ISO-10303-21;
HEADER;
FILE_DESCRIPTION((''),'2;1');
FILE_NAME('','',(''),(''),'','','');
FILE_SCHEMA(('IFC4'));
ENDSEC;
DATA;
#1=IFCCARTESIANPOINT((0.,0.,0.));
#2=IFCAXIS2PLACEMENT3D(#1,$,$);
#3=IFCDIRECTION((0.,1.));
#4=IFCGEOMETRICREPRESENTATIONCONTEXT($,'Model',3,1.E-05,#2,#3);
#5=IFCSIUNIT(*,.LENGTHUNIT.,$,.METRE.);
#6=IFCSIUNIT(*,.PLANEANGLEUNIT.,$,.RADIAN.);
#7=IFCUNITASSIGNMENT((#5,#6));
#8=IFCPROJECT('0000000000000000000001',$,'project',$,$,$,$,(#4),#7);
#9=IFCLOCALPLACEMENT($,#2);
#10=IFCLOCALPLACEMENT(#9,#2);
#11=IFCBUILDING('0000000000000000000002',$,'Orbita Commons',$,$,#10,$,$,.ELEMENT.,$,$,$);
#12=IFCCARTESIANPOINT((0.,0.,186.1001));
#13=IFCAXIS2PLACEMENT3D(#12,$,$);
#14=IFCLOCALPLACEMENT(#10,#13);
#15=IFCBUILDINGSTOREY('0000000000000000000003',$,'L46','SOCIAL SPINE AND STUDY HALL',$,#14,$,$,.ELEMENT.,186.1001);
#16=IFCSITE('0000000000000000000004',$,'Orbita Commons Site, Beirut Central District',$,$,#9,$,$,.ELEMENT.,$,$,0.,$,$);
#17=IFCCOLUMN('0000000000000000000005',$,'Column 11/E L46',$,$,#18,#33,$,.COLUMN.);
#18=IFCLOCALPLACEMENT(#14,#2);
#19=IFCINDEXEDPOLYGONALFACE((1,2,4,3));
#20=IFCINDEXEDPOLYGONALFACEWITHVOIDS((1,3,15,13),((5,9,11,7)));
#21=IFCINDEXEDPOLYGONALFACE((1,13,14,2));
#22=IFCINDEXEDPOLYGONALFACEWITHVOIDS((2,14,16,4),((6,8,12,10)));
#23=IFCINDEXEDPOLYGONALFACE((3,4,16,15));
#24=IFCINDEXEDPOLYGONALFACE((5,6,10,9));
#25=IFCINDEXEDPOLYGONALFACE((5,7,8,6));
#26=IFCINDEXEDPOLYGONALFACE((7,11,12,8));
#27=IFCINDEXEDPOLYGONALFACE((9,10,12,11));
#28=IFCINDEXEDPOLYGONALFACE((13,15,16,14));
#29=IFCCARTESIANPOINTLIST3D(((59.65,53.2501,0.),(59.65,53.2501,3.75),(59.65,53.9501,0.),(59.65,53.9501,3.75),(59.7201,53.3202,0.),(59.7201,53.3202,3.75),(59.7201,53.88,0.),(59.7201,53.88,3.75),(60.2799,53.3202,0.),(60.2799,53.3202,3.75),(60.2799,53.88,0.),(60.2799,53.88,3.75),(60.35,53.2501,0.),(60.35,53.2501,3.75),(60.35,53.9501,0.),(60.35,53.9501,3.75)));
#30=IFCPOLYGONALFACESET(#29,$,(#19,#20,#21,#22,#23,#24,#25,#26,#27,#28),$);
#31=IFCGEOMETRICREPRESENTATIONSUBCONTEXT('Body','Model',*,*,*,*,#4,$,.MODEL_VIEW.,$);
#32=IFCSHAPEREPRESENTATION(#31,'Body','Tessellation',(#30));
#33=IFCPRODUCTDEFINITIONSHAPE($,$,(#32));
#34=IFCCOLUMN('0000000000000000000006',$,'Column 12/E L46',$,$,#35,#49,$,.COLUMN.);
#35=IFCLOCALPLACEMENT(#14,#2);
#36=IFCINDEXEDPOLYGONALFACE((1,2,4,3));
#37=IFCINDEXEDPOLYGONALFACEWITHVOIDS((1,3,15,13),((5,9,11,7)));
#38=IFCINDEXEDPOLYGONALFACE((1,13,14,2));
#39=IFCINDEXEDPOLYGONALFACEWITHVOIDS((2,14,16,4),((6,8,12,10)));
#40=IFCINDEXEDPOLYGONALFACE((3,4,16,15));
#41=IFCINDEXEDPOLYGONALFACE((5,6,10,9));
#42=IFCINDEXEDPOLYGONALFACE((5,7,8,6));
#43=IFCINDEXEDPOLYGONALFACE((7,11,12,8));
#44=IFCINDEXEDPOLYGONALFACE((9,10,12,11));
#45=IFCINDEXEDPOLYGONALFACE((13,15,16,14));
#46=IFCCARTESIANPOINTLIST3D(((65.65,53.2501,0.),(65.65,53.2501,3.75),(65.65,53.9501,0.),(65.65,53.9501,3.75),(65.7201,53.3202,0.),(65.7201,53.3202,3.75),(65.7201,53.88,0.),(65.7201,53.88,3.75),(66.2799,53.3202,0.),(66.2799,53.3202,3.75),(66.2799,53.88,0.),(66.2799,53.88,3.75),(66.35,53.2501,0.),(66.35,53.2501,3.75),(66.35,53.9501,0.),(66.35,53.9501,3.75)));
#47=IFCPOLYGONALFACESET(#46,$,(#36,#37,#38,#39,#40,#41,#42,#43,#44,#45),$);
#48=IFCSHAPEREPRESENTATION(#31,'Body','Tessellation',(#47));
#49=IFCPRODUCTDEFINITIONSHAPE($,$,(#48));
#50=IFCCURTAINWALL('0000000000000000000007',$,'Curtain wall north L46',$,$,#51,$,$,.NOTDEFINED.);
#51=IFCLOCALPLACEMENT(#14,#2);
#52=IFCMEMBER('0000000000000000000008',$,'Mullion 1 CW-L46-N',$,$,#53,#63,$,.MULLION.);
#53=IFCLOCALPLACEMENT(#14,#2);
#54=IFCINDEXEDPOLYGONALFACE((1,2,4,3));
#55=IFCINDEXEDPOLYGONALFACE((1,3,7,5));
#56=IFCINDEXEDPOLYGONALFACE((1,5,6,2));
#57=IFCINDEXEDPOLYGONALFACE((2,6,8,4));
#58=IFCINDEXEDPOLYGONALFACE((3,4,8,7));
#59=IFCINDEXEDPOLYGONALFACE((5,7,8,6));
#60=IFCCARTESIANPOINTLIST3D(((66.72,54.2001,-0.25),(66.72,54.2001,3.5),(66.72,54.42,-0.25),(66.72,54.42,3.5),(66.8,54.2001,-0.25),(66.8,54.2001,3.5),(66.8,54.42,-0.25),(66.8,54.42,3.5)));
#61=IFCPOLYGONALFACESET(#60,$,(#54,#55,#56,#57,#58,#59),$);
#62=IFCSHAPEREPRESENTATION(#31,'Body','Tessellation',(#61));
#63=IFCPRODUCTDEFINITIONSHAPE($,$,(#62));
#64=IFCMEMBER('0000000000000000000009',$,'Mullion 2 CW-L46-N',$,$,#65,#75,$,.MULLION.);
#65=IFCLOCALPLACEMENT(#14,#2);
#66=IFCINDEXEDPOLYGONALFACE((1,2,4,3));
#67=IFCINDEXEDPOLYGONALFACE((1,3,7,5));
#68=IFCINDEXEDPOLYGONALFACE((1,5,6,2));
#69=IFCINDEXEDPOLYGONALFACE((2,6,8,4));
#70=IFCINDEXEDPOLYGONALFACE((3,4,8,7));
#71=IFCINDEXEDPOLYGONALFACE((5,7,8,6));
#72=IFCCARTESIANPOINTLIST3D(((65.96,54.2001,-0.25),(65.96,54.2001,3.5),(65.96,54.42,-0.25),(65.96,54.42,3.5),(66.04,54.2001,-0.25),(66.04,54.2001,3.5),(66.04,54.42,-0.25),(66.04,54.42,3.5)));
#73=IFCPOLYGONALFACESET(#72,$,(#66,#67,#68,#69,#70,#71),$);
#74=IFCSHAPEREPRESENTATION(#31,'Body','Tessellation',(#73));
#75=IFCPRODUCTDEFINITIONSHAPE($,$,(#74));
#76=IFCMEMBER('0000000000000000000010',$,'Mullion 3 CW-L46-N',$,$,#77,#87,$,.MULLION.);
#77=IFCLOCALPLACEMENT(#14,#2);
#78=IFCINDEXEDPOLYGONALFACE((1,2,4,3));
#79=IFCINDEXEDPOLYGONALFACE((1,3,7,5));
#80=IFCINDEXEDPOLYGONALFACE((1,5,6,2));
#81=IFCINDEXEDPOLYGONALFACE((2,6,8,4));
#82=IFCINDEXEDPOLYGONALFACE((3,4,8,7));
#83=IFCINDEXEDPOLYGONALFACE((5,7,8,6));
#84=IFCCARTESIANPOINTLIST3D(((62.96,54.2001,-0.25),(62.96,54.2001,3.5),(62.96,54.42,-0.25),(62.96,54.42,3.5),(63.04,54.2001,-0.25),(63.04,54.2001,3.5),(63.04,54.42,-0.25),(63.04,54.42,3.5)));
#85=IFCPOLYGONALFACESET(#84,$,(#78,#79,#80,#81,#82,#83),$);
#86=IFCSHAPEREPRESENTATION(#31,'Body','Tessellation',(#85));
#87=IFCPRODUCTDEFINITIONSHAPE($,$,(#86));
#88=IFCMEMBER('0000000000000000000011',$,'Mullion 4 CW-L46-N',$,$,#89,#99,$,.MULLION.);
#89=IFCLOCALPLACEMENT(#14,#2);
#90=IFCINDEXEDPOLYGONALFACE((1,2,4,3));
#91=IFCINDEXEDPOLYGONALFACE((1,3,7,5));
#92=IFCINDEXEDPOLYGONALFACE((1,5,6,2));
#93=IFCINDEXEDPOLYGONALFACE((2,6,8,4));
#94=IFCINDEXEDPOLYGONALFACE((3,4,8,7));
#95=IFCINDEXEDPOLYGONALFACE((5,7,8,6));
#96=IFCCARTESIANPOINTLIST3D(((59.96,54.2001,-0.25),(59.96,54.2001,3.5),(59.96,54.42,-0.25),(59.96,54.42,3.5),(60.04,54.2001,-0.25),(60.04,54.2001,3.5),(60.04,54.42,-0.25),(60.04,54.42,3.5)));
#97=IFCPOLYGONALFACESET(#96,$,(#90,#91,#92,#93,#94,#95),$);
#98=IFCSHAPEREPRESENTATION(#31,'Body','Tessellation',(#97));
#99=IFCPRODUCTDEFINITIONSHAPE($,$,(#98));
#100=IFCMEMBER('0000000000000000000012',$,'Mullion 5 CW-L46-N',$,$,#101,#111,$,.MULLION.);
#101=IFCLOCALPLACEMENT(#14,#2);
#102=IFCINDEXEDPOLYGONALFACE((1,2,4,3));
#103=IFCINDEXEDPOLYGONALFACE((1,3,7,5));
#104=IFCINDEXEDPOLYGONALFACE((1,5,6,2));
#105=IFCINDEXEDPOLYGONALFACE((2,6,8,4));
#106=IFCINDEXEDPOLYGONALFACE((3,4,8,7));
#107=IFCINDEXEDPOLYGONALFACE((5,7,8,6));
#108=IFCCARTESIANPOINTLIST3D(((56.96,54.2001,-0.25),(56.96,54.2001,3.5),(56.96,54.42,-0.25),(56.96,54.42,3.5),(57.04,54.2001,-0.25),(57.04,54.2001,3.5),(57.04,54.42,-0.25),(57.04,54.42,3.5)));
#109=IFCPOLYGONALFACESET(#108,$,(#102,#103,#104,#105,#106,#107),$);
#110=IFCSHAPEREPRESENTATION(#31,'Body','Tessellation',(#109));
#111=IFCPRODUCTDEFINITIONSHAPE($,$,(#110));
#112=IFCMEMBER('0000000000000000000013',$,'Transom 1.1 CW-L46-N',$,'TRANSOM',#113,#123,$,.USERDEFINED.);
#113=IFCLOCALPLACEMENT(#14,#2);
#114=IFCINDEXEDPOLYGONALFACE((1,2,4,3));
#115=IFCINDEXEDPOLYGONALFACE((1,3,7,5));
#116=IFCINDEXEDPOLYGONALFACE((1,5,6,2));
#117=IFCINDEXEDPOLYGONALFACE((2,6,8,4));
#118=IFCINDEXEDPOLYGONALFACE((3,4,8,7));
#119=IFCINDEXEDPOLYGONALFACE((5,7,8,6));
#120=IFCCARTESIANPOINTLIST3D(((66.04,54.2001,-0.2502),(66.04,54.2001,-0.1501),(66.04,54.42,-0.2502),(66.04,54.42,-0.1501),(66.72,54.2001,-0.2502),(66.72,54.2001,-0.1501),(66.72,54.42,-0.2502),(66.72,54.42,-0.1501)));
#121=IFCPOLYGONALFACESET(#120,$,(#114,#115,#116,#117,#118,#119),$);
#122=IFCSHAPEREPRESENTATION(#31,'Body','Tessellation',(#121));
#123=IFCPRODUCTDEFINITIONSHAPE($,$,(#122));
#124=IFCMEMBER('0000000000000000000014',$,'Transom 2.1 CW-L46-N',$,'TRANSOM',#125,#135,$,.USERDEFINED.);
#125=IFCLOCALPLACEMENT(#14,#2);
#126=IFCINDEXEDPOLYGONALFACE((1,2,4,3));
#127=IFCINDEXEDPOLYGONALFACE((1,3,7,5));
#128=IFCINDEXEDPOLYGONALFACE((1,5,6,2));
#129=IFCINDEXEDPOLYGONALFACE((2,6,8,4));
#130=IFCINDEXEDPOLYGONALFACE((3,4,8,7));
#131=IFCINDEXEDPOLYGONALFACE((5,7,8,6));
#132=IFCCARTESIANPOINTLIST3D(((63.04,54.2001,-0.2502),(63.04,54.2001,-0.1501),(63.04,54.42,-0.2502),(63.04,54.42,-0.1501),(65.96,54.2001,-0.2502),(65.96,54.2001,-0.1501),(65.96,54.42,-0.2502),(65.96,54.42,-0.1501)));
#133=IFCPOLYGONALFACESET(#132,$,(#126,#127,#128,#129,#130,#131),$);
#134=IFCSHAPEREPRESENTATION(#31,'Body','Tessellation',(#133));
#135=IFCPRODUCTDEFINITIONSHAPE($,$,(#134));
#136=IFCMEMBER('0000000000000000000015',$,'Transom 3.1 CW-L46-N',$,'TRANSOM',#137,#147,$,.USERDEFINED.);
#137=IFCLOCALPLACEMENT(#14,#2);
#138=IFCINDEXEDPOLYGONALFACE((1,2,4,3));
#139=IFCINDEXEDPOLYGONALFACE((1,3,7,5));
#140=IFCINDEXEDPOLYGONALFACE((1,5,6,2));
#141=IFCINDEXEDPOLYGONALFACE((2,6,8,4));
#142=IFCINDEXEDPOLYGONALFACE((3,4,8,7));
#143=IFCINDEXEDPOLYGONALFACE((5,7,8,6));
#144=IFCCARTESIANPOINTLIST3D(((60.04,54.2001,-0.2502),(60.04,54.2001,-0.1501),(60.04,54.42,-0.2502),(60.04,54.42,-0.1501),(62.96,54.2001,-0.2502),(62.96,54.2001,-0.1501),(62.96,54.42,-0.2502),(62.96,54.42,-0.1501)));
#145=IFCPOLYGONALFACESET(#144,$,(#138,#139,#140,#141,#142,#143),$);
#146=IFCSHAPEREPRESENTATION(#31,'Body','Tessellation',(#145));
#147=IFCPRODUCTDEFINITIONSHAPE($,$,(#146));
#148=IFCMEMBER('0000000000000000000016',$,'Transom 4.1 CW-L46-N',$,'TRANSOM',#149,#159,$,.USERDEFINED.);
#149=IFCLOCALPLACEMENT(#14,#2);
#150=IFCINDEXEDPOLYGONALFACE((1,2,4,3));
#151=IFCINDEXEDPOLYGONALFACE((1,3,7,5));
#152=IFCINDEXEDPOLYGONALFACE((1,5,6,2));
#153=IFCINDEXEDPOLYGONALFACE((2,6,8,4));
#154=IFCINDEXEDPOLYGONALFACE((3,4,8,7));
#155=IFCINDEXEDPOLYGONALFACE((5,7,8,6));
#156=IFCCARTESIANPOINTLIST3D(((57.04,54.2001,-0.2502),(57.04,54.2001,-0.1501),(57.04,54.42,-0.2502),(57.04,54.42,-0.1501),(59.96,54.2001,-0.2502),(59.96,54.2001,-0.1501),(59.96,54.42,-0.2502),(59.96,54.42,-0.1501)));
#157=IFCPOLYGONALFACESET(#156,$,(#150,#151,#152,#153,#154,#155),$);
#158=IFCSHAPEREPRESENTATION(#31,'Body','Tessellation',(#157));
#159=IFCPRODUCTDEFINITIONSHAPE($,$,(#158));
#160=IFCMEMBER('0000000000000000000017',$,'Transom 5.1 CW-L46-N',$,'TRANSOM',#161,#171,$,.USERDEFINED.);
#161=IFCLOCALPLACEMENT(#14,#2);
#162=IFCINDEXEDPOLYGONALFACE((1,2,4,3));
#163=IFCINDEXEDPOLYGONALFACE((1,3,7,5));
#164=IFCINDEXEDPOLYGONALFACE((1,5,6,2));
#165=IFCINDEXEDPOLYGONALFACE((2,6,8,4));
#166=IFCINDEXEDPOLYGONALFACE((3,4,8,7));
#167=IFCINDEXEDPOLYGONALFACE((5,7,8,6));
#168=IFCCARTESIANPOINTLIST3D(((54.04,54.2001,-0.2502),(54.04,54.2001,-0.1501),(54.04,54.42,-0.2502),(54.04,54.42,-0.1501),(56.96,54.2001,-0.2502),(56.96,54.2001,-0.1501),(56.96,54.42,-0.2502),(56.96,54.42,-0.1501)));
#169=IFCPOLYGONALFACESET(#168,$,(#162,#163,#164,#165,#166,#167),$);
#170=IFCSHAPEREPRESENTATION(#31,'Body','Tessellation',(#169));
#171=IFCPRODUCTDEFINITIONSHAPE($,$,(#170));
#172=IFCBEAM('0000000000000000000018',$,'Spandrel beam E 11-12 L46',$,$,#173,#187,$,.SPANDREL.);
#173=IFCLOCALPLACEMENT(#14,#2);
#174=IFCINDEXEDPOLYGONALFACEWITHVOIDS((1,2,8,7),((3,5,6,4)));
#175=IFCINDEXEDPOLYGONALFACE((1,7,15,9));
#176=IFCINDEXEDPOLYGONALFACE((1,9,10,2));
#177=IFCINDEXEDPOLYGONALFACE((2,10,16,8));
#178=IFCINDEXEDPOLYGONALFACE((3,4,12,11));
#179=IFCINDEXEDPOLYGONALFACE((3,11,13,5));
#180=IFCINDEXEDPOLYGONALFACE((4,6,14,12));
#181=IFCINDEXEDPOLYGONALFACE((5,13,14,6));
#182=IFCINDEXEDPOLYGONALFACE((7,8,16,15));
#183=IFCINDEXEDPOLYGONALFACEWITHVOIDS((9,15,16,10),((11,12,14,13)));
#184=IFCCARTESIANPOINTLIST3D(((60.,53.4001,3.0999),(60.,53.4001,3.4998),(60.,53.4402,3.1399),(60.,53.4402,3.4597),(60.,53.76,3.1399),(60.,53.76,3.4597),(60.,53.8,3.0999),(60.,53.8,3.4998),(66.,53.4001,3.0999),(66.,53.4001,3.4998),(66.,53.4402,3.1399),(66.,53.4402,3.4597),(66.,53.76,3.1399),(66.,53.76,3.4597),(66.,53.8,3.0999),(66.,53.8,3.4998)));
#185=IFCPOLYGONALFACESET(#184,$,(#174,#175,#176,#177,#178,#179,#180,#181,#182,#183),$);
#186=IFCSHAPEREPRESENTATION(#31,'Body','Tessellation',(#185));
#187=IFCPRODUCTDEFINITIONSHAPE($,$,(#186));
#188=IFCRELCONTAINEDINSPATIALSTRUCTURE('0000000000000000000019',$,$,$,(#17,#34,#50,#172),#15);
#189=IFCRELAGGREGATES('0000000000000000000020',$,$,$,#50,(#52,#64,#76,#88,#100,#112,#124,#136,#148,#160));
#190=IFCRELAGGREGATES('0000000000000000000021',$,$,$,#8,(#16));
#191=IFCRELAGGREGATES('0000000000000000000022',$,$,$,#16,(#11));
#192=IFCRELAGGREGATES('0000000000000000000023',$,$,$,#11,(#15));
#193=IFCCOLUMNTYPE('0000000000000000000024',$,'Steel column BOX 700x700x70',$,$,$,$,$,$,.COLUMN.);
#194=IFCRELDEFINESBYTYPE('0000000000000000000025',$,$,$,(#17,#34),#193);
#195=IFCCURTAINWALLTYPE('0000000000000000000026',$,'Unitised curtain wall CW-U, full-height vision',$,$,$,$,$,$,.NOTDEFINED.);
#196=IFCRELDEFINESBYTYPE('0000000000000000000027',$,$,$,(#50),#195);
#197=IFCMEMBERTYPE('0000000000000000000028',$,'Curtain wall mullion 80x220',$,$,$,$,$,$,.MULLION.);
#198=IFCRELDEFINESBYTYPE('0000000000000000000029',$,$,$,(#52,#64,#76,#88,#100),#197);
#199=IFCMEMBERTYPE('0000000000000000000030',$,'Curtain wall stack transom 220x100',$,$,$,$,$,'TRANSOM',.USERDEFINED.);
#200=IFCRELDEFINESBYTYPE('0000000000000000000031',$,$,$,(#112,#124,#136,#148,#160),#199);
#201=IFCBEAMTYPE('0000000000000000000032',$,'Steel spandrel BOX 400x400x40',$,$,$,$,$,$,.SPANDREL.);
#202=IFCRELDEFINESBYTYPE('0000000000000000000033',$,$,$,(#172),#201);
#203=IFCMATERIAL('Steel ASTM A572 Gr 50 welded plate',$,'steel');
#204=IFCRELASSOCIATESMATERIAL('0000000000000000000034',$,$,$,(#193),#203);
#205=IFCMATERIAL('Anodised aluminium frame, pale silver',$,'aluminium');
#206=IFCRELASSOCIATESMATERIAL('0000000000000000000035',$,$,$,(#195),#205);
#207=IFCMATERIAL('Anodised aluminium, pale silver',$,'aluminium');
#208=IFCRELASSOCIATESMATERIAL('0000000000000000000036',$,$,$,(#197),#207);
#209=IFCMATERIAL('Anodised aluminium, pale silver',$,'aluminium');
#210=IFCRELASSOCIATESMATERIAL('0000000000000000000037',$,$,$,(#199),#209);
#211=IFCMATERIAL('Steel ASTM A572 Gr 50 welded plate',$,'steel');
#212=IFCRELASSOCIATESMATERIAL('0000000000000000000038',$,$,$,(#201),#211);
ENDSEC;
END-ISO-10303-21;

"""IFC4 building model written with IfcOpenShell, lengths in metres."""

from ifc_helpers import new_model, si_unit, direction, frame, origin, origin_2d, place, context, subcontext, project, spatial, rectangle, hollow_rectangle, extrude, material, material_profile, profile_set, type_object, element, aggregate, save


model = new_model("IFC4")

# Units and contexts
model_context = context("Model", 3, precision=1e-05, world=origin(), true_north=direction((0.0, 1.0)))
body_context = subcontext(model_context, "Body", "Model", "MODEL_VIEW")
ifc_project = project(units=[si_unit("LENGTHUNIT", "METRE"), si_unit("PLANEANGLEUNIT", "RADIAN")], contexts=[model_context])

# Site, building, storey
site_placement = place(None, origin())
site = spatial("IfcSite", under=ifc_project, at=site_placement, Name="Orbita Commons Site, Beirut Central District", CompositionType="ELEMENT", RefElevation=0.0)
building_placement = place(site_placement, origin())
building = spatial("IfcBuilding", under=site, at=building_placement, Name="Orbita Commons", CompositionType="ELEMENT")
storey_placement = place(building_placement, frame((0.0, 0.0, 186.1001)))
storey = spatial("IfcBuildingStorey", under=building, at=storey_placement, Name="L46", Description="SOCIAL SPINE AND STUDY HALL", CompositionType="ELEMENT", Elevation=186.1001)

# Columns
ifc_material_1 = material(Name="Steel ASTM A572 Gr 50 welded plate", Category="steel")
ifc_material_profile_1 = material_profile(ifc_material_1, hollow_rectangle(XDim=0.7, YDim=0.7, WallThickness=0.0701, at=origin_2d()), Name="BOX 700x700x70")
ifc_profile_set_1 = profile_set([ifc_material_profile_1], Name="Steel ASTM A572 Gr 50 welded plate")
column_type = type_object("IfcColumnType", Name="Steel column BOX 700x700x70", PredefinedType="COLUMN", material=ifc_profile_set_1)
for number, where, z_axis, x_axis, name in (
    (1, (60.0, 53.6001, 0.0), (0.0, 0.0, 1.0), (1.0, 0.0, 0.0), "Column 11/E L46"),
    (2, (66.0, 53.6001, 0.0), (0.0, 0.0, 1.0), (1.0, 0.0, 0.0), "Column 12/E L46"),
):
    element("IfcColumn", number, at=place(storey_placement, frame(where, z_axis=z_axis, x_axis=x_axis)), inside=storey, type_object=column_type, Name=name, PredefinedType="COLUMN", context=body_context, shape_type="SweptSolid", body=[
        extrude(hollow_rectangle(XDim=0.7, YDim=0.7, WallThickness=0.0701, at=origin_2d()), origin(), (0.0, 0.0, 1.0), 3.75),
    ])

# Curtain wall, members
ifc_material_2 = material(Name="Anodised aluminium frame, pale silver", Category="aluminium")
curtain_wall_type = type_object("IfcCurtainWallType", Name="Unitised curtain wall CW-U, full-height vision", PredefinedType="NOTDEFINED", material=ifc_material_2)
curtain_wall_placement = place(storey_placement, origin())
curtain_wall = element("IfcCurtainWall", 3, at=curtain_wall_placement, inside=storey, type_object=curtain_wall_type, Name="Curtain wall north L46", PredefinedType="NOTDEFINED")
ifc_material_3 = material(Name="Anodised aluminium, pale silver", Category="aluminium")
ifc_material_profile_2 = material_profile(ifc_material_3, rectangle(XDim=0.0801, YDim=0.22, at=origin_2d()), Name="AL 80x220")
ifc_profile_set_2 = profile_set([ifc_material_profile_2], Name="Anodised aluminium, pale silver")
member_type_1 = type_object("IfcMemberType", Name="Curtain wall mullion 80x220", PredefinedType="MULLION", material=ifc_profile_set_2)
member_1_placement = place(storey_placement, frame((66.76, 54.3101, -0.25), z_axis=(0.0, 0.0, 1.0), x_axis=(-1.0, 0.0, 0.0)))
member_1 = element("IfcMember", 4, at=member_1_placement, type_object=member_type_1, Name="Mullion 1 CW-L46-N", PredefinedType="MULLION", context=body_context, shape_type="SweptSolid", body=[
    extrude(rectangle(XDim=0.0801, YDim=0.22, at=origin_2d()), origin(), (0.0, 0.0, 1.0), 3.75),
])
member_2_placement = place(storey_placement, frame((66.0, 54.3101, -0.25), z_axis=(0.0, 0.0, 1.0), x_axis=(-1.0, 0.0, 0.0)))
member_2 = element("IfcMember", 5, at=member_2_placement, type_object=member_type_1, Name="Mullion 2 CW-L46-N", PredefinedType="MULLION", context=body_context, shape_type="SweptSolid", body=[
    extrude(rectangle(XDim=0.0801, YDim=0.22, at=origin_2d()), origin(), (0.0, 0.0, 1.0), 3.75),
])
member_3_placement = place(storey_placement, frame((63.0, 54.3101, -0.25), z_axis=(0.0, 0.0, 1.0), x_axis=(-1.0, 0.0, 0.0)))
member_3 = element("IfcMember", 6, at=member_3_placement, type_object=member_type_1, Name="Mullion 3 CW-L46-N", PredefinedType="MULLION", context=body_context, shape_type="SweptSolid", body=[
    extrude(rectangle(XDim=0.0801, YDim=0.22, at=origin_2d()), origin(), (0.0, 0.0, 1.0), 3.75),
])
member_4_placement = place(storey_placement, frame((60.0, 54.3101, -0.25), z_axis=(0.0, 0.0, 1.0), x_axis=(-1.0, 0.0, 0.0)))
member_4 = element("IfcMember", 7, at=member_4_placement, type_object=member_type_1, Name="Mullion 4 CW-L46-N", PredefinedType="MULLION", context=body_context, shape_type="SweptSolid", body=[
    extrude(rectangle(XDim=0.0801, YDim=0.22, at=origin_2d()), origin(), (0.0, 0.0, 1.0), 3.75),
])
member_5_placement = place(storey_placement, frame((57.0, 54.3101, -0.25), z_axis=(0.0, 0.0, 1.0), x_axis=(-1.0, 0.0, 0.0)))
member_5 = element("IfcMember", 8, at=member_5_placement, type_object=member_type_1, Name="Mullion 5 CW-L46-N", PredefinedType="MULLION", context=body_context, shape_type="SweptSolid", body=[
    extrude(rectangle(XDim=0.0801, YDim=0.22, at=origin_2d()), origin(), (0.0, 0.0, 1.0), 3.75),
])
ifc_material_4 = material(Name="Anodised aluminium, pale silver", Category="aluminium")
ifc_material_profile_3 = material_profile(ifc_material_4, rectangle(XDim=0.22, YDim=0.1001, at=origin_2d()), Name="AL 220x100")
ifc_profile_set_3 = profile_set([ifc_material_profile_3], Name="Anodised aluminium, pale silver")
member_type_2 = type_object("IfcMemberType", Name="Curtain wall stack transom 220x100", ElementType="TRANSOM", PredefinedType="USERDEFINED", material=ifc_profile_set_3)
member_6_placement = place(storey_placement, frame((66.72, 54.3101, -0.2002), z_axis=(-1.0, 0.0, 0.0), x_axis=(0.0, -1.0, 0.0)))
member_6 = element("IfcMember", 9, at=member_6_placement, type_object=member_type_2, Name="Transom 1.1 CW-L46-N", ObjectType="TRANSOM", PredefinedType="USERDEFINED", context=body_context, shape_type="SweptSolid", body=[
    extrude(rectangle(XDim=0.22, YDim=0.1001, at=origin_2d()), origin(), (0.0, 0.0, 1.0), 0.6799),
])
member_7_placement = place(storey_placement, frame((65.96, 54.3101, -0.2002), z_axis=(-1.0, 0.0, 0.0), x_axis=(0.0, -1.0, 0.0)))
member_7 = element("IfcMember", 10, at=member_7_placement, type_object=member_type_2, Name="Transom 2.1 CW-L46-N", ObjectType="TRANSOM", PredefinedType="USERDEFINED", context=body_context, shape_type="SweptSolid", body=[
    extrude(rectangle(XDim=0.22, YDim=0.1001, at=origin_2d()), origin(), (0.0, 0.0, 1.0), 2.9199),
])
member_8_placement = place(storey_placement, frame((62.96, 54.3101, -0.2002), z_axis=(-1.0, 0.0, 0.0), x_axis=(0.0, -1.0, 0.0)))
member_8 = element("IfcMember", 11, at=member_8_placement, type_object=member_type_2, Name="Transom 3.1 CW-L46-N", ObjectType="TRANSOM", PredefinedType="USERDEFINED", context=body_context, shape_type="SweptSolid", body=[
    extrude(rectangle(XDim=0.22, YDim=0.1001, at=origin_2d()), origin(), (0.0, 0.0, 1.0), 2.9199),
])
member_9_placement = place(storey_placement, frame((59.96, 54.3101, -0.2002), z_axis=(-1.0, 0.0, 0.0), x_axis=(0.0, -1.0, 0.0)))
member_9 = element("IfcMember", 12, at=member_9_placement, type_object=member_type_2, Name="Transom 4.1 CW-L46-N", ObjectType="TRANSOM", PredefinedType="USERDEFINED", context=body_context, shape_type="SweptSolid", body=[
    extrude(rectangle(XDim=0.22, YDim=0.1001, at=origin_2d()), origin(), (0.0, 0.0, 1.0), 2.9199),
])
member_10_placement = place(storey_placement, frame((56.96, 54.3101, -0.2002), z_axis=(-1.0, 0.0, 0.0), x_axis=(0.0, -1.0, 0.0)))
member_10 = element("IfcMember", 13, at=member_10_placement, type_object=member_type_2, Name="Transom 5.1 CW-L46-N", ObjectType="TRANSOM", PredefinedType="USERDEFINED", context=body_context, shape_type="SweptSolid", body=[
    extrude(rectangle(XDim=0.22, YDim=0.1001, at=origin_2d()), origin(), (0.0, 0.0, 1.0), 2.9199),
])

# Beam
ifc_material_5 = material(Name="Steel ASTM A572 Gr 50 welded plate", Category="steel")
ifc_material_profile_4 = material_profile(ifc_material_5, hollow_rectangle(XDim=0.3999, YDim=0.3999, WallThickness=0.04, at=origin_2d()), Name="BOX 400x400x40")
ifc_profile_set_4 = profile_set([ifc_material_profile_4], Name="Steel ASTM A572 Gr 50 welded plate")
beam_type = type_object("IfcBeamType", Name="Steel spandrel BOX 400x400x40", PredefinedType="SPANDREL", material=ifc_profile_set_4)
beam_placement = place(storey_placement, frame((60.0, 53.6001, 3.2998), z_axis=(1.0, 0.0, 0.0), x_axis=(0.0, 1.0, 0.0)))
element("IfcBeam", 14, at=beam_placement, inside=storey, type_object=beam_type, Name="Spandrel beam E 11-12 L46", PredefinedType="SPANDREL", context=body_context, shape_type="SweptSolid", body=[
    extrude(hollow_rectangle(XDim=0.3999, YDim=0.3999, WallThickness=0.04, at=origin_2d()), origin(), (0.0, 0.0, 1.0), 6.0),
])

aggregate(curtain_wall, [member_1, member_2, member_3, member_4, member_5, member_6, member_7, member_8, member_9, member_10])

save(model, "model.ifc")
